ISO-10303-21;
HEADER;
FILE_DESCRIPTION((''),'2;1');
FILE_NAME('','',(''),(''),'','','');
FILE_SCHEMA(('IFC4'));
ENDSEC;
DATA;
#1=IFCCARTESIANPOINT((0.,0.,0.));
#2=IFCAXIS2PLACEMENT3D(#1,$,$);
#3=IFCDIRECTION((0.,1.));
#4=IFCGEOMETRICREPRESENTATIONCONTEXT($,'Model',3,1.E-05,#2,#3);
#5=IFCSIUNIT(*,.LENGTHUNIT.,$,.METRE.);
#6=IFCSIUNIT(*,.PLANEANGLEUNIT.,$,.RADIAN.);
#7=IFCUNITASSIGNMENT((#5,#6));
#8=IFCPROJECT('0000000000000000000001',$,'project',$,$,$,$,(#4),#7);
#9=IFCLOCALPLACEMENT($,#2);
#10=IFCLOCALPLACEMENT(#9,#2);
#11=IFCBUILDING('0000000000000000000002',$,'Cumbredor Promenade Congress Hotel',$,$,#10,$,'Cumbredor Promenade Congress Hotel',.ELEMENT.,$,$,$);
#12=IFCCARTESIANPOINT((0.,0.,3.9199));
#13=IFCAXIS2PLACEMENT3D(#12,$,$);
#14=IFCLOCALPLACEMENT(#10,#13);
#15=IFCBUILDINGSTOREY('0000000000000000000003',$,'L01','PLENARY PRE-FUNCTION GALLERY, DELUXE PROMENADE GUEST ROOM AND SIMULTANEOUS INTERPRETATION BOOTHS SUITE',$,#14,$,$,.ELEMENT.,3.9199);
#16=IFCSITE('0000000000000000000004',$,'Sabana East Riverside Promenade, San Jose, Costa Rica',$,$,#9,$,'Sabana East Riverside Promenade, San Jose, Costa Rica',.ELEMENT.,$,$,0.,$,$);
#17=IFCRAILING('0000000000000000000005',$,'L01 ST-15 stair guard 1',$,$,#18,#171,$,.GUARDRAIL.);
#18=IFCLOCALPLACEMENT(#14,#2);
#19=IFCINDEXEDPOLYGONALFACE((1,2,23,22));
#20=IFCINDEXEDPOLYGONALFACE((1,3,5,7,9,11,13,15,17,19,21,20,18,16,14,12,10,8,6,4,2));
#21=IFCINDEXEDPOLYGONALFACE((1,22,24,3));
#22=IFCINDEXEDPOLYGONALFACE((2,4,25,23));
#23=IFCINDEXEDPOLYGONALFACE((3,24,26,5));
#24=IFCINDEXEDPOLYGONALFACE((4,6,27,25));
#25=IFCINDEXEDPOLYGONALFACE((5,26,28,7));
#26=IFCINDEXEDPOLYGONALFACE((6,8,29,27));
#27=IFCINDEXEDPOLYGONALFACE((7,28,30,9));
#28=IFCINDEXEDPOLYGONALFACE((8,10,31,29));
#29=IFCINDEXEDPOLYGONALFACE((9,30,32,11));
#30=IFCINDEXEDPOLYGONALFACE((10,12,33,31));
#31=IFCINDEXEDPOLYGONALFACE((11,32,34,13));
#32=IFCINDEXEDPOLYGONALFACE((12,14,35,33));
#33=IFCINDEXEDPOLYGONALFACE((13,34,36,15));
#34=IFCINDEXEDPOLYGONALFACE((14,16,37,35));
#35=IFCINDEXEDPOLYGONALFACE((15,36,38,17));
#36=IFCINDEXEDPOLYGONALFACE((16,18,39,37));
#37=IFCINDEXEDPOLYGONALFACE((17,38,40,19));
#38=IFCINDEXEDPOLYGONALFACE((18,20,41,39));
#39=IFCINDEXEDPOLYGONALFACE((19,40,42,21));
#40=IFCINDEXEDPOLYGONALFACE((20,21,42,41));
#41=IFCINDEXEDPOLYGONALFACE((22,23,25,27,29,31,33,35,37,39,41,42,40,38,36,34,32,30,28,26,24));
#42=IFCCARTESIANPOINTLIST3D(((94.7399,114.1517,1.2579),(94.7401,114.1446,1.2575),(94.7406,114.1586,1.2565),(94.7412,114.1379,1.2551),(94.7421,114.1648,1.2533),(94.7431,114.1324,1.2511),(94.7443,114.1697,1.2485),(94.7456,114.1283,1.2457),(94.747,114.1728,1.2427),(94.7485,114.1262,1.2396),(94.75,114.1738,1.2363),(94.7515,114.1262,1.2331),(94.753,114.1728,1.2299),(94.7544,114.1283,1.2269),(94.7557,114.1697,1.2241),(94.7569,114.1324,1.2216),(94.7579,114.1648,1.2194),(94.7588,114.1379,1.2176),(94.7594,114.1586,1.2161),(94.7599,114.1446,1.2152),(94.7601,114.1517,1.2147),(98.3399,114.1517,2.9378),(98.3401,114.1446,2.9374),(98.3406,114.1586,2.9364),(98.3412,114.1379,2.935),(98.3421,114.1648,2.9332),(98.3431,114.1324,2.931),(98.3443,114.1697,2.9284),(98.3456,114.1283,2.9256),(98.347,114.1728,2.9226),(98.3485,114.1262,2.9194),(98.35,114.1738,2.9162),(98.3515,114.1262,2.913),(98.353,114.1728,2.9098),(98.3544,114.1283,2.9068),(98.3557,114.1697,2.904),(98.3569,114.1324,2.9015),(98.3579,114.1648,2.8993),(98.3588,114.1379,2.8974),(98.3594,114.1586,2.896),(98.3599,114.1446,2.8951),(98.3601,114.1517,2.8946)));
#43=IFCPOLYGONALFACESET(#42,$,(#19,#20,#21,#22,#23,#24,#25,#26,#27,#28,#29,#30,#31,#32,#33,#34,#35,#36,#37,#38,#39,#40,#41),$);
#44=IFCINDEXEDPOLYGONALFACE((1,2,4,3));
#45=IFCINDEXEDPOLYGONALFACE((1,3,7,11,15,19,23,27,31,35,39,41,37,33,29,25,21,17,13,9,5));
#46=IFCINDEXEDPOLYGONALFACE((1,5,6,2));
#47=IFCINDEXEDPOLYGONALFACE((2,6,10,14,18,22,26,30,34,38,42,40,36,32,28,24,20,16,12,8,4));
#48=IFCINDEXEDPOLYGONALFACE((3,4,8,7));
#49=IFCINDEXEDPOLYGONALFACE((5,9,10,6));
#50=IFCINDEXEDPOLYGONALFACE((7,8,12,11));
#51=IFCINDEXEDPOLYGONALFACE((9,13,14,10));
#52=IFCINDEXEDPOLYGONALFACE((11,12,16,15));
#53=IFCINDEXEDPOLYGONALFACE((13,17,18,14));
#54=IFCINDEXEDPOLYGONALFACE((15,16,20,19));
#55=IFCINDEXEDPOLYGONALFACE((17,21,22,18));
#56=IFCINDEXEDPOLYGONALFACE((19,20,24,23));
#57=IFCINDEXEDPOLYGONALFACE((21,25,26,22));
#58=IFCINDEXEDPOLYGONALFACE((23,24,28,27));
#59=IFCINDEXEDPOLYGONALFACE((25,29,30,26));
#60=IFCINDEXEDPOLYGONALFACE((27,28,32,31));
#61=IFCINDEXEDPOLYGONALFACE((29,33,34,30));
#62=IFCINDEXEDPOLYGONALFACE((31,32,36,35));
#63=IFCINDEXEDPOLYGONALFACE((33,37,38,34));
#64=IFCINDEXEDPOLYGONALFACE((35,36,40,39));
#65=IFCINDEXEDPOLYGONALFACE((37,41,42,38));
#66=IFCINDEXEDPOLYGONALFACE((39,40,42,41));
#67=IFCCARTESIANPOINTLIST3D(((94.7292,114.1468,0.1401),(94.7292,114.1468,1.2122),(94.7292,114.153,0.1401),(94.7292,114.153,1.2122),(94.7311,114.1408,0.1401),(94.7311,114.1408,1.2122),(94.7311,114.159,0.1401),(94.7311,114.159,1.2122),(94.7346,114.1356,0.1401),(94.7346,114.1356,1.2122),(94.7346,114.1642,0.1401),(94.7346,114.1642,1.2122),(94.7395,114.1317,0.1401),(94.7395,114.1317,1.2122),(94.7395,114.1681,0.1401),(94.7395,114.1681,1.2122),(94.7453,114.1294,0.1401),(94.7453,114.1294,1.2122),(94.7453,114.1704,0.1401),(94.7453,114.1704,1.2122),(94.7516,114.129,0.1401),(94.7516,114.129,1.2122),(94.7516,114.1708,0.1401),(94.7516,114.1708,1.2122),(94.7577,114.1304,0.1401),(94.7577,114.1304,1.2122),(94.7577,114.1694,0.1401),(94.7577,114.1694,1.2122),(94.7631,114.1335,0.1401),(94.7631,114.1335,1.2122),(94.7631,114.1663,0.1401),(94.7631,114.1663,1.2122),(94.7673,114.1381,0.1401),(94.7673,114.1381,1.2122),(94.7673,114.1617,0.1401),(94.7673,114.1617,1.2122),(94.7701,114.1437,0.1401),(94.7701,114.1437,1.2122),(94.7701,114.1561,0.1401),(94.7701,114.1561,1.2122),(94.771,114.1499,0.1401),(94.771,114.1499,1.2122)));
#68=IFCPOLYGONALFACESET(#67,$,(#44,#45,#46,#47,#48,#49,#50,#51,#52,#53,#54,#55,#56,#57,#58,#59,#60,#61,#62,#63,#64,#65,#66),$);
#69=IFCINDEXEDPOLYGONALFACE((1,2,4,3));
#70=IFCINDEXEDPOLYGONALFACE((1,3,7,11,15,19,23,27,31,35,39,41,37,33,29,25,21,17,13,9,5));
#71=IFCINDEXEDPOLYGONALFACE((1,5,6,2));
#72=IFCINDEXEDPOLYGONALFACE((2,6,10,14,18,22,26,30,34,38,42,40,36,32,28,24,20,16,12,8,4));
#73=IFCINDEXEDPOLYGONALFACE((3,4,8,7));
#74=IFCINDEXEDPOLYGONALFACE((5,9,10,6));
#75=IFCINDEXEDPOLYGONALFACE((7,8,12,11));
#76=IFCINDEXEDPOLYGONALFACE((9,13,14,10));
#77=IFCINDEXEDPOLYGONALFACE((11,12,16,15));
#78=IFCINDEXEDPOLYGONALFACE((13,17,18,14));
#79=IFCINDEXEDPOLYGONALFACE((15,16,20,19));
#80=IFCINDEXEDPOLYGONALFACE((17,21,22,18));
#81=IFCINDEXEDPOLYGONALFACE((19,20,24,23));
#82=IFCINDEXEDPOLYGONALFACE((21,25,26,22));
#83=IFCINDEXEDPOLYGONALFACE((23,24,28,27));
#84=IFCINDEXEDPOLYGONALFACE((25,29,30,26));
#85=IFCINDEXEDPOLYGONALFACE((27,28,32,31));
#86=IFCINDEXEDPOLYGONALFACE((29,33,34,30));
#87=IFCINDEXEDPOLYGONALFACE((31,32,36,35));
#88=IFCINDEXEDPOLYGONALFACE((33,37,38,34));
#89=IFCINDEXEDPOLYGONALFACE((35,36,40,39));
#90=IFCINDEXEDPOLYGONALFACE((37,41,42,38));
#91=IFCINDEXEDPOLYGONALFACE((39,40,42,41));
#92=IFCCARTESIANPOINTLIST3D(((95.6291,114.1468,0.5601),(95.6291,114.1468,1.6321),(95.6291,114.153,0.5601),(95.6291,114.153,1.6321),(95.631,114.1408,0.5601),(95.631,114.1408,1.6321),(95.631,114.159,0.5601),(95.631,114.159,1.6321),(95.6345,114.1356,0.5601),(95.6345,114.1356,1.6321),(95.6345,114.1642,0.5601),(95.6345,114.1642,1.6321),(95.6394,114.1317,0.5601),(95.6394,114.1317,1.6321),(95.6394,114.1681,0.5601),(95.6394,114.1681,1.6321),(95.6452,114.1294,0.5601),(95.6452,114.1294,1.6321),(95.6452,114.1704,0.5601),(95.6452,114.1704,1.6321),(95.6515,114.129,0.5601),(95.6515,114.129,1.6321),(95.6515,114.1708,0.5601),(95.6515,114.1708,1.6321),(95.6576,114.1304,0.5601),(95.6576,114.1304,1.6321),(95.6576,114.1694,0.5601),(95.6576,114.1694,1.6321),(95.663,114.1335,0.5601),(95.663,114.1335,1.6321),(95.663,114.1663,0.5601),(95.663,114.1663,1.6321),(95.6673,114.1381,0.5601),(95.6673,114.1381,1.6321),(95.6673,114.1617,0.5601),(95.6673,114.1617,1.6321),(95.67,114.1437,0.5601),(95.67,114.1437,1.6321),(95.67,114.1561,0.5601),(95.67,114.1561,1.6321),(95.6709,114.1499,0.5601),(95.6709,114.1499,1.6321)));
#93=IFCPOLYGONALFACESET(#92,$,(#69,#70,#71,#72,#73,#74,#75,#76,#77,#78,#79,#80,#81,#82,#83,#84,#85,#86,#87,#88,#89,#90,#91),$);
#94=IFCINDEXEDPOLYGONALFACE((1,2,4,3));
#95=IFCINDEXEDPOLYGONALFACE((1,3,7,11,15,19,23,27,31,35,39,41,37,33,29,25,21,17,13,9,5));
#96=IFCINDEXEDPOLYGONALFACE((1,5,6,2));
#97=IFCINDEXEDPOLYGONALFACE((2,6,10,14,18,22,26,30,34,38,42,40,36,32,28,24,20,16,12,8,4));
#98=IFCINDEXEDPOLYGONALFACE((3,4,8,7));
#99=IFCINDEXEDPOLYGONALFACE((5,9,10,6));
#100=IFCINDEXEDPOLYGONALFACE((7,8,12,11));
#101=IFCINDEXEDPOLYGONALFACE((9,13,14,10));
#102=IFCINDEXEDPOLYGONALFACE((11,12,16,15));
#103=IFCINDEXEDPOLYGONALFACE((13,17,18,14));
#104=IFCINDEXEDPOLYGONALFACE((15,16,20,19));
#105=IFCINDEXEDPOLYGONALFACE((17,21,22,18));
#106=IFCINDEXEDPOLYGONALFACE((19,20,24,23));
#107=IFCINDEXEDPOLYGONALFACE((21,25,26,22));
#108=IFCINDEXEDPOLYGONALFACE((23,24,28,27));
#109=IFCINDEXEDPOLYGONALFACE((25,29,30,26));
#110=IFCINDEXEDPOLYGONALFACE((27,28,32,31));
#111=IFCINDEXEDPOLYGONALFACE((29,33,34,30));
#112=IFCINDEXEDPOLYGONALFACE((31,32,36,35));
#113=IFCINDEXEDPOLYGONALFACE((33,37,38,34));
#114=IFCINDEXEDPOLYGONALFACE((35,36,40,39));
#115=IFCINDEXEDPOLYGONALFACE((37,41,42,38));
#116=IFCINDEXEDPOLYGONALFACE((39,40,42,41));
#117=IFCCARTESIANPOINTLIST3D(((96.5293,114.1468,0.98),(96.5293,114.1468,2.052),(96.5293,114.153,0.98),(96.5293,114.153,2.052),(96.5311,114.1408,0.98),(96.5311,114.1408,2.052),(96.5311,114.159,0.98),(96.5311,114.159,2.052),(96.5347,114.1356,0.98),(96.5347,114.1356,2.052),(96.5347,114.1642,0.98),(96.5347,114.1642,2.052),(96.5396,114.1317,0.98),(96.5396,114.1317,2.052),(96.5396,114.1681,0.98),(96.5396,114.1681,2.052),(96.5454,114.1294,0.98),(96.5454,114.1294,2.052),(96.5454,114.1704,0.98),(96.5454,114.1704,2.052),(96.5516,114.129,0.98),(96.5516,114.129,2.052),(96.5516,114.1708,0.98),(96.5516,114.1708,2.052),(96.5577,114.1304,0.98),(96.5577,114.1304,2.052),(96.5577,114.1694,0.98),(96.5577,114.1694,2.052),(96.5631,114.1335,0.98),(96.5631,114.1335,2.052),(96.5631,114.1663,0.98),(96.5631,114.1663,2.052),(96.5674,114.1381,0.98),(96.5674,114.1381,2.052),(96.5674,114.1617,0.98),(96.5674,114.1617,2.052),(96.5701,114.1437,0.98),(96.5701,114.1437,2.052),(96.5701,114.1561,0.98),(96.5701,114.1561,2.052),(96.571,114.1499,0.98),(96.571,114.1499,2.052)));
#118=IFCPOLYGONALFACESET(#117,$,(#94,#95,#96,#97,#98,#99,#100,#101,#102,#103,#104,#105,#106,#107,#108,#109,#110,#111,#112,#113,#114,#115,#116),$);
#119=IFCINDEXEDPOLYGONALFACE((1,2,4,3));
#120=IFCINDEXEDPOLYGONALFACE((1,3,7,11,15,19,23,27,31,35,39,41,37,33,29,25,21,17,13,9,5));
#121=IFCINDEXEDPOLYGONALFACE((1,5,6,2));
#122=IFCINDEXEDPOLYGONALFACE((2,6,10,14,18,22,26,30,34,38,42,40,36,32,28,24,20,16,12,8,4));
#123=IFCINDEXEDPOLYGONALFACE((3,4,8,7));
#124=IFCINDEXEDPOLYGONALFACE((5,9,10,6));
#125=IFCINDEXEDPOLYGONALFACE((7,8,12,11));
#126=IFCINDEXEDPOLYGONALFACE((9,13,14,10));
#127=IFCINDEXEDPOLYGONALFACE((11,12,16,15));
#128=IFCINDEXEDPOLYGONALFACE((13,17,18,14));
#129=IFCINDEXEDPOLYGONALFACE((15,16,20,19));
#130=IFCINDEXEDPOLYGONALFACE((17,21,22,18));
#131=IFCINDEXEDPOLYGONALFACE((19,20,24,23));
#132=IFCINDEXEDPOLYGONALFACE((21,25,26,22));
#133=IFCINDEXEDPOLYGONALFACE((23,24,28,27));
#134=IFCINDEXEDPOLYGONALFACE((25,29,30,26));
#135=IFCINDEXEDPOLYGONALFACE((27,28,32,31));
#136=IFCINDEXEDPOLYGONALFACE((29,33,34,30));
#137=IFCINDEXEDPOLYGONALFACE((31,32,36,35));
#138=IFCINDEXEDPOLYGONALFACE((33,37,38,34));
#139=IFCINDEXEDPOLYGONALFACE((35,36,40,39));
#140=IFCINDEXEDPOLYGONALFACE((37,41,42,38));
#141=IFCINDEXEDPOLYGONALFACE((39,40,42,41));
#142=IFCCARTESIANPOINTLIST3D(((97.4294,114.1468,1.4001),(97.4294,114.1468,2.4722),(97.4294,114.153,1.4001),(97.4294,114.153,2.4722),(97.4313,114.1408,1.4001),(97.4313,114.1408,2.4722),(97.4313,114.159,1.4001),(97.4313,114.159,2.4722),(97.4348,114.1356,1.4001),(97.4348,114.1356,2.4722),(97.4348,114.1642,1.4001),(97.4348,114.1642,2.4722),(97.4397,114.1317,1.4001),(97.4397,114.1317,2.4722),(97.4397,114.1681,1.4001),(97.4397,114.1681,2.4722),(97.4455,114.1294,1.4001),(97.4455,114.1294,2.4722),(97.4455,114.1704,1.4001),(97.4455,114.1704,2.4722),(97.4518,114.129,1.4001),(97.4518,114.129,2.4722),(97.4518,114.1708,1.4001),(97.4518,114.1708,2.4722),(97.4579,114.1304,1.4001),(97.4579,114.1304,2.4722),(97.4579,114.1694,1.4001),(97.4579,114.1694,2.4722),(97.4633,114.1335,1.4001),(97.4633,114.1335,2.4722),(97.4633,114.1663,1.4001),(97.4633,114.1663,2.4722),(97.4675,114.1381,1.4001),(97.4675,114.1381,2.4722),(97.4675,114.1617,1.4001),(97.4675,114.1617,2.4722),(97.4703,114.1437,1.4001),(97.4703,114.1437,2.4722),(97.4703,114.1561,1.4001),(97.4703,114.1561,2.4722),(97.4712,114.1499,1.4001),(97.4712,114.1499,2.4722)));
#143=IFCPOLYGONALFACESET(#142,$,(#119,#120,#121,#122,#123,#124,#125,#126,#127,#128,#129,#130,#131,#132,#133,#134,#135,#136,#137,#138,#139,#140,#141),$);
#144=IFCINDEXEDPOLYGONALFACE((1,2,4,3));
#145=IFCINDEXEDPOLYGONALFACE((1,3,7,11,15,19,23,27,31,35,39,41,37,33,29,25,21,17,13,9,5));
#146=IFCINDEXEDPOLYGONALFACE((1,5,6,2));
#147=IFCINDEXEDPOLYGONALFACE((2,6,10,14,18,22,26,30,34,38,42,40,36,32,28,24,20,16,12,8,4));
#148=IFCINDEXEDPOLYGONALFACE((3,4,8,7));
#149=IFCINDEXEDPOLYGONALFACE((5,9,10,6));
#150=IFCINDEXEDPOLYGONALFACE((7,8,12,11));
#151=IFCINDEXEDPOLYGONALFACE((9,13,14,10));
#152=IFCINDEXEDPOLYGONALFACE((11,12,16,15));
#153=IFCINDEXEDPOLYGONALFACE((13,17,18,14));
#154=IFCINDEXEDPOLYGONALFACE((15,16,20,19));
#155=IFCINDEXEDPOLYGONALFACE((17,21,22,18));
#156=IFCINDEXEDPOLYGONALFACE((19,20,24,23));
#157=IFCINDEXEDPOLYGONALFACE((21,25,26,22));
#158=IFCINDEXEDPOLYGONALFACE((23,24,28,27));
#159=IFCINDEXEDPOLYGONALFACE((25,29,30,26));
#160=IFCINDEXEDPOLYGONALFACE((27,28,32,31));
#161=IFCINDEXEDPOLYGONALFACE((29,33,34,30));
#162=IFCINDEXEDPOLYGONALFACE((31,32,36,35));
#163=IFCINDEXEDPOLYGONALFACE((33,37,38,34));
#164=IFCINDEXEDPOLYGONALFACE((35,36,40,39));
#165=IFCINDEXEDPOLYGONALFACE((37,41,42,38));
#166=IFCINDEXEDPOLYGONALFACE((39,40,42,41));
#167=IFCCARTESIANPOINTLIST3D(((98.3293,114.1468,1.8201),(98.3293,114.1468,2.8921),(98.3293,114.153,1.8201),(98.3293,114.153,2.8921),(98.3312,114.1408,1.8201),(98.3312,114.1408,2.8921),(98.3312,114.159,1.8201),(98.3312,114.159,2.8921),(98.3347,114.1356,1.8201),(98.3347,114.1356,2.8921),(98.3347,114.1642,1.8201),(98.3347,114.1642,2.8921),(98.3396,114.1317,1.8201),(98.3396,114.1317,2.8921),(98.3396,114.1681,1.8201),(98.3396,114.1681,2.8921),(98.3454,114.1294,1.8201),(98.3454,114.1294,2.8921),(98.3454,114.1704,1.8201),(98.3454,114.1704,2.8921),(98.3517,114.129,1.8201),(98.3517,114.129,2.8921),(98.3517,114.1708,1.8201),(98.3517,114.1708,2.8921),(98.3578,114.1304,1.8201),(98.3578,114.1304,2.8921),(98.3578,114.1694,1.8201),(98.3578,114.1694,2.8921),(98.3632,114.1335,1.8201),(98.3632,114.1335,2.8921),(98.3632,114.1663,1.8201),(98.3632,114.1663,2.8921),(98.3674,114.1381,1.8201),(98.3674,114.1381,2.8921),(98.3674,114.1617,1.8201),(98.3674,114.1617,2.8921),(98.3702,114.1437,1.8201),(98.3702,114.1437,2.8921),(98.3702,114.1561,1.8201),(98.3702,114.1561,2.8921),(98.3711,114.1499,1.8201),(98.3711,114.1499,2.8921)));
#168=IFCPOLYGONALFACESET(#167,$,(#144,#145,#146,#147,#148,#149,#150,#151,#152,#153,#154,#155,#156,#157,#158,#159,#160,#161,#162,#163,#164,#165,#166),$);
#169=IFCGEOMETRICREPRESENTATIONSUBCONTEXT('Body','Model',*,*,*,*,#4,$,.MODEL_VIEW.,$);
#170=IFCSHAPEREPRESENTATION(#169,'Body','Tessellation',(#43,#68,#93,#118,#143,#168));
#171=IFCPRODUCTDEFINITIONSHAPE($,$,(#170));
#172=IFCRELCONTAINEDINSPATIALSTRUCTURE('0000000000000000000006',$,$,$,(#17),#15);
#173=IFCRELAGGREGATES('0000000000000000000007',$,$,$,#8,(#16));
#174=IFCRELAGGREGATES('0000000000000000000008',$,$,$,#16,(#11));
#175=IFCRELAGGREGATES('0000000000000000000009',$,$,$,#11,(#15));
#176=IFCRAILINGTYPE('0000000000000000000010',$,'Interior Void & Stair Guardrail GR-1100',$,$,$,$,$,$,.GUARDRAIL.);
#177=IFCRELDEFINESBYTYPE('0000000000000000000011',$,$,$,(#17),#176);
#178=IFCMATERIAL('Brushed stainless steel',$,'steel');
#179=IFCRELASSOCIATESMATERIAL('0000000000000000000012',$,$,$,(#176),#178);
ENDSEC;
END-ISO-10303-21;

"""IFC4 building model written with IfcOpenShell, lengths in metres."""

from ifc_helpers import new_model, si_unit, direction, frame, origin, origin_2d, place, context, subcontext, project, spatial, circle, extrude, material, type_object, element, save


model = new_model("IFC4")

# Units and contexts
model_context = context("Model", 3, precision=1e-05, world=origin(), true_north=direction((0.0, 1.0)))
body_context = subcontext(model_context, "Body", "Model", "MODEL_VIEW")
ifc_project = project(units=[si_unit("LENGTHUNIT", "METRE"), si_unit("PLANEANGLEUNIT", "RADIAN")], contexts=[model_context])

# Site, building, storey
site_placement = place(None, origin())
site = spatial("IfcSite", under=ifc_project, at=site_placement, Name="Sabana East Riverside Promenade, San Jose, Costa Rica", LongName="Sabana East Riverside Promenade, San Jose, Costa Rica", CompositionType="ELEMENT", RefElevation=0.0)
building_placement = place(site_placement, origin())
building = spatial("IfcBuilding", under=site, at=building_placement, Name="Cumbredor Promenade Congress Hotel", LongName="Cumbredor Promenade Congress Hotel", CompositionType="ELEMENT")
storey_placement = place(building_placement, frame((0.0, 0.0, 3.9199)))
storey = spatial("IfcBuildingStorey", under=building, at=storey_placement, Name="L01", Description="PLENARY PRE-FUNCTION GALLERY, DELUXE PROMENADE GUEST ROOM AND SIMULTANEOUS INTERPRETATION BOOTHS SUITE", CompositionType="ELEMENT", Elevation=3.9199)

# Railing
ifc_material_1 = material(Name="Brushed stainless steel", Category="steel")
railing_type_1 = type_object("IfcRailingType", Name="Interior Void & Stair Guardrail GR-1100", PredefinedType="GUARDRAIL", material=ifc_material_1)
railing_1_placement = place(storey_placement, frame((94.75, 114.1499, 0.1401)))
element("IfcRailing", 1, at=railing_1_placement, inside=storey, type_object=railing_type_1, Name="L01 ST-15 stair guard 1", PredefinedType="GUARDRAIL", context=body_context, shape_type="SweptSolid", body=[
    extrude(circle(Radius=0.0239, at=origin_2d()), frame((0.0, 0.0, 1.0962), z_axis=(0.906194, 0.0, 0.422862), x_axis=(0.0, 1.0, 0.0)), (0.0, 0.0, 1.0), 3.9727),
    extrude(circle(Radius=0.021, at=origin_2d()), origin(), (0.0, 0.0, 1.0), 1.072),
    extrude(circle(Radius=0.021, at=origin_2d()), frame((0.8999, 0.0, 0.4199)), (0.0, 0.0, 1.0), 1.072),
    extrude(circle(Radius=0.021, at=origin_2d()), frame((1.8, 0.0, 0.8398)), (0.0, 0.0, 1.0), 1.072),
    extrude(circle(Radius=0.021, at=origin_2d()), frame((2.7002, 0.0, 1.26)), (0.0, 0.0, 1.0), 1.072),
    extrude(circle(Radius=0.021, at=origin_2d()), frame((3.6001, 0.0, 1.6799)), (0.0, 0.0, 1.0), 1.072),
])

save(model, "model.ifc")
